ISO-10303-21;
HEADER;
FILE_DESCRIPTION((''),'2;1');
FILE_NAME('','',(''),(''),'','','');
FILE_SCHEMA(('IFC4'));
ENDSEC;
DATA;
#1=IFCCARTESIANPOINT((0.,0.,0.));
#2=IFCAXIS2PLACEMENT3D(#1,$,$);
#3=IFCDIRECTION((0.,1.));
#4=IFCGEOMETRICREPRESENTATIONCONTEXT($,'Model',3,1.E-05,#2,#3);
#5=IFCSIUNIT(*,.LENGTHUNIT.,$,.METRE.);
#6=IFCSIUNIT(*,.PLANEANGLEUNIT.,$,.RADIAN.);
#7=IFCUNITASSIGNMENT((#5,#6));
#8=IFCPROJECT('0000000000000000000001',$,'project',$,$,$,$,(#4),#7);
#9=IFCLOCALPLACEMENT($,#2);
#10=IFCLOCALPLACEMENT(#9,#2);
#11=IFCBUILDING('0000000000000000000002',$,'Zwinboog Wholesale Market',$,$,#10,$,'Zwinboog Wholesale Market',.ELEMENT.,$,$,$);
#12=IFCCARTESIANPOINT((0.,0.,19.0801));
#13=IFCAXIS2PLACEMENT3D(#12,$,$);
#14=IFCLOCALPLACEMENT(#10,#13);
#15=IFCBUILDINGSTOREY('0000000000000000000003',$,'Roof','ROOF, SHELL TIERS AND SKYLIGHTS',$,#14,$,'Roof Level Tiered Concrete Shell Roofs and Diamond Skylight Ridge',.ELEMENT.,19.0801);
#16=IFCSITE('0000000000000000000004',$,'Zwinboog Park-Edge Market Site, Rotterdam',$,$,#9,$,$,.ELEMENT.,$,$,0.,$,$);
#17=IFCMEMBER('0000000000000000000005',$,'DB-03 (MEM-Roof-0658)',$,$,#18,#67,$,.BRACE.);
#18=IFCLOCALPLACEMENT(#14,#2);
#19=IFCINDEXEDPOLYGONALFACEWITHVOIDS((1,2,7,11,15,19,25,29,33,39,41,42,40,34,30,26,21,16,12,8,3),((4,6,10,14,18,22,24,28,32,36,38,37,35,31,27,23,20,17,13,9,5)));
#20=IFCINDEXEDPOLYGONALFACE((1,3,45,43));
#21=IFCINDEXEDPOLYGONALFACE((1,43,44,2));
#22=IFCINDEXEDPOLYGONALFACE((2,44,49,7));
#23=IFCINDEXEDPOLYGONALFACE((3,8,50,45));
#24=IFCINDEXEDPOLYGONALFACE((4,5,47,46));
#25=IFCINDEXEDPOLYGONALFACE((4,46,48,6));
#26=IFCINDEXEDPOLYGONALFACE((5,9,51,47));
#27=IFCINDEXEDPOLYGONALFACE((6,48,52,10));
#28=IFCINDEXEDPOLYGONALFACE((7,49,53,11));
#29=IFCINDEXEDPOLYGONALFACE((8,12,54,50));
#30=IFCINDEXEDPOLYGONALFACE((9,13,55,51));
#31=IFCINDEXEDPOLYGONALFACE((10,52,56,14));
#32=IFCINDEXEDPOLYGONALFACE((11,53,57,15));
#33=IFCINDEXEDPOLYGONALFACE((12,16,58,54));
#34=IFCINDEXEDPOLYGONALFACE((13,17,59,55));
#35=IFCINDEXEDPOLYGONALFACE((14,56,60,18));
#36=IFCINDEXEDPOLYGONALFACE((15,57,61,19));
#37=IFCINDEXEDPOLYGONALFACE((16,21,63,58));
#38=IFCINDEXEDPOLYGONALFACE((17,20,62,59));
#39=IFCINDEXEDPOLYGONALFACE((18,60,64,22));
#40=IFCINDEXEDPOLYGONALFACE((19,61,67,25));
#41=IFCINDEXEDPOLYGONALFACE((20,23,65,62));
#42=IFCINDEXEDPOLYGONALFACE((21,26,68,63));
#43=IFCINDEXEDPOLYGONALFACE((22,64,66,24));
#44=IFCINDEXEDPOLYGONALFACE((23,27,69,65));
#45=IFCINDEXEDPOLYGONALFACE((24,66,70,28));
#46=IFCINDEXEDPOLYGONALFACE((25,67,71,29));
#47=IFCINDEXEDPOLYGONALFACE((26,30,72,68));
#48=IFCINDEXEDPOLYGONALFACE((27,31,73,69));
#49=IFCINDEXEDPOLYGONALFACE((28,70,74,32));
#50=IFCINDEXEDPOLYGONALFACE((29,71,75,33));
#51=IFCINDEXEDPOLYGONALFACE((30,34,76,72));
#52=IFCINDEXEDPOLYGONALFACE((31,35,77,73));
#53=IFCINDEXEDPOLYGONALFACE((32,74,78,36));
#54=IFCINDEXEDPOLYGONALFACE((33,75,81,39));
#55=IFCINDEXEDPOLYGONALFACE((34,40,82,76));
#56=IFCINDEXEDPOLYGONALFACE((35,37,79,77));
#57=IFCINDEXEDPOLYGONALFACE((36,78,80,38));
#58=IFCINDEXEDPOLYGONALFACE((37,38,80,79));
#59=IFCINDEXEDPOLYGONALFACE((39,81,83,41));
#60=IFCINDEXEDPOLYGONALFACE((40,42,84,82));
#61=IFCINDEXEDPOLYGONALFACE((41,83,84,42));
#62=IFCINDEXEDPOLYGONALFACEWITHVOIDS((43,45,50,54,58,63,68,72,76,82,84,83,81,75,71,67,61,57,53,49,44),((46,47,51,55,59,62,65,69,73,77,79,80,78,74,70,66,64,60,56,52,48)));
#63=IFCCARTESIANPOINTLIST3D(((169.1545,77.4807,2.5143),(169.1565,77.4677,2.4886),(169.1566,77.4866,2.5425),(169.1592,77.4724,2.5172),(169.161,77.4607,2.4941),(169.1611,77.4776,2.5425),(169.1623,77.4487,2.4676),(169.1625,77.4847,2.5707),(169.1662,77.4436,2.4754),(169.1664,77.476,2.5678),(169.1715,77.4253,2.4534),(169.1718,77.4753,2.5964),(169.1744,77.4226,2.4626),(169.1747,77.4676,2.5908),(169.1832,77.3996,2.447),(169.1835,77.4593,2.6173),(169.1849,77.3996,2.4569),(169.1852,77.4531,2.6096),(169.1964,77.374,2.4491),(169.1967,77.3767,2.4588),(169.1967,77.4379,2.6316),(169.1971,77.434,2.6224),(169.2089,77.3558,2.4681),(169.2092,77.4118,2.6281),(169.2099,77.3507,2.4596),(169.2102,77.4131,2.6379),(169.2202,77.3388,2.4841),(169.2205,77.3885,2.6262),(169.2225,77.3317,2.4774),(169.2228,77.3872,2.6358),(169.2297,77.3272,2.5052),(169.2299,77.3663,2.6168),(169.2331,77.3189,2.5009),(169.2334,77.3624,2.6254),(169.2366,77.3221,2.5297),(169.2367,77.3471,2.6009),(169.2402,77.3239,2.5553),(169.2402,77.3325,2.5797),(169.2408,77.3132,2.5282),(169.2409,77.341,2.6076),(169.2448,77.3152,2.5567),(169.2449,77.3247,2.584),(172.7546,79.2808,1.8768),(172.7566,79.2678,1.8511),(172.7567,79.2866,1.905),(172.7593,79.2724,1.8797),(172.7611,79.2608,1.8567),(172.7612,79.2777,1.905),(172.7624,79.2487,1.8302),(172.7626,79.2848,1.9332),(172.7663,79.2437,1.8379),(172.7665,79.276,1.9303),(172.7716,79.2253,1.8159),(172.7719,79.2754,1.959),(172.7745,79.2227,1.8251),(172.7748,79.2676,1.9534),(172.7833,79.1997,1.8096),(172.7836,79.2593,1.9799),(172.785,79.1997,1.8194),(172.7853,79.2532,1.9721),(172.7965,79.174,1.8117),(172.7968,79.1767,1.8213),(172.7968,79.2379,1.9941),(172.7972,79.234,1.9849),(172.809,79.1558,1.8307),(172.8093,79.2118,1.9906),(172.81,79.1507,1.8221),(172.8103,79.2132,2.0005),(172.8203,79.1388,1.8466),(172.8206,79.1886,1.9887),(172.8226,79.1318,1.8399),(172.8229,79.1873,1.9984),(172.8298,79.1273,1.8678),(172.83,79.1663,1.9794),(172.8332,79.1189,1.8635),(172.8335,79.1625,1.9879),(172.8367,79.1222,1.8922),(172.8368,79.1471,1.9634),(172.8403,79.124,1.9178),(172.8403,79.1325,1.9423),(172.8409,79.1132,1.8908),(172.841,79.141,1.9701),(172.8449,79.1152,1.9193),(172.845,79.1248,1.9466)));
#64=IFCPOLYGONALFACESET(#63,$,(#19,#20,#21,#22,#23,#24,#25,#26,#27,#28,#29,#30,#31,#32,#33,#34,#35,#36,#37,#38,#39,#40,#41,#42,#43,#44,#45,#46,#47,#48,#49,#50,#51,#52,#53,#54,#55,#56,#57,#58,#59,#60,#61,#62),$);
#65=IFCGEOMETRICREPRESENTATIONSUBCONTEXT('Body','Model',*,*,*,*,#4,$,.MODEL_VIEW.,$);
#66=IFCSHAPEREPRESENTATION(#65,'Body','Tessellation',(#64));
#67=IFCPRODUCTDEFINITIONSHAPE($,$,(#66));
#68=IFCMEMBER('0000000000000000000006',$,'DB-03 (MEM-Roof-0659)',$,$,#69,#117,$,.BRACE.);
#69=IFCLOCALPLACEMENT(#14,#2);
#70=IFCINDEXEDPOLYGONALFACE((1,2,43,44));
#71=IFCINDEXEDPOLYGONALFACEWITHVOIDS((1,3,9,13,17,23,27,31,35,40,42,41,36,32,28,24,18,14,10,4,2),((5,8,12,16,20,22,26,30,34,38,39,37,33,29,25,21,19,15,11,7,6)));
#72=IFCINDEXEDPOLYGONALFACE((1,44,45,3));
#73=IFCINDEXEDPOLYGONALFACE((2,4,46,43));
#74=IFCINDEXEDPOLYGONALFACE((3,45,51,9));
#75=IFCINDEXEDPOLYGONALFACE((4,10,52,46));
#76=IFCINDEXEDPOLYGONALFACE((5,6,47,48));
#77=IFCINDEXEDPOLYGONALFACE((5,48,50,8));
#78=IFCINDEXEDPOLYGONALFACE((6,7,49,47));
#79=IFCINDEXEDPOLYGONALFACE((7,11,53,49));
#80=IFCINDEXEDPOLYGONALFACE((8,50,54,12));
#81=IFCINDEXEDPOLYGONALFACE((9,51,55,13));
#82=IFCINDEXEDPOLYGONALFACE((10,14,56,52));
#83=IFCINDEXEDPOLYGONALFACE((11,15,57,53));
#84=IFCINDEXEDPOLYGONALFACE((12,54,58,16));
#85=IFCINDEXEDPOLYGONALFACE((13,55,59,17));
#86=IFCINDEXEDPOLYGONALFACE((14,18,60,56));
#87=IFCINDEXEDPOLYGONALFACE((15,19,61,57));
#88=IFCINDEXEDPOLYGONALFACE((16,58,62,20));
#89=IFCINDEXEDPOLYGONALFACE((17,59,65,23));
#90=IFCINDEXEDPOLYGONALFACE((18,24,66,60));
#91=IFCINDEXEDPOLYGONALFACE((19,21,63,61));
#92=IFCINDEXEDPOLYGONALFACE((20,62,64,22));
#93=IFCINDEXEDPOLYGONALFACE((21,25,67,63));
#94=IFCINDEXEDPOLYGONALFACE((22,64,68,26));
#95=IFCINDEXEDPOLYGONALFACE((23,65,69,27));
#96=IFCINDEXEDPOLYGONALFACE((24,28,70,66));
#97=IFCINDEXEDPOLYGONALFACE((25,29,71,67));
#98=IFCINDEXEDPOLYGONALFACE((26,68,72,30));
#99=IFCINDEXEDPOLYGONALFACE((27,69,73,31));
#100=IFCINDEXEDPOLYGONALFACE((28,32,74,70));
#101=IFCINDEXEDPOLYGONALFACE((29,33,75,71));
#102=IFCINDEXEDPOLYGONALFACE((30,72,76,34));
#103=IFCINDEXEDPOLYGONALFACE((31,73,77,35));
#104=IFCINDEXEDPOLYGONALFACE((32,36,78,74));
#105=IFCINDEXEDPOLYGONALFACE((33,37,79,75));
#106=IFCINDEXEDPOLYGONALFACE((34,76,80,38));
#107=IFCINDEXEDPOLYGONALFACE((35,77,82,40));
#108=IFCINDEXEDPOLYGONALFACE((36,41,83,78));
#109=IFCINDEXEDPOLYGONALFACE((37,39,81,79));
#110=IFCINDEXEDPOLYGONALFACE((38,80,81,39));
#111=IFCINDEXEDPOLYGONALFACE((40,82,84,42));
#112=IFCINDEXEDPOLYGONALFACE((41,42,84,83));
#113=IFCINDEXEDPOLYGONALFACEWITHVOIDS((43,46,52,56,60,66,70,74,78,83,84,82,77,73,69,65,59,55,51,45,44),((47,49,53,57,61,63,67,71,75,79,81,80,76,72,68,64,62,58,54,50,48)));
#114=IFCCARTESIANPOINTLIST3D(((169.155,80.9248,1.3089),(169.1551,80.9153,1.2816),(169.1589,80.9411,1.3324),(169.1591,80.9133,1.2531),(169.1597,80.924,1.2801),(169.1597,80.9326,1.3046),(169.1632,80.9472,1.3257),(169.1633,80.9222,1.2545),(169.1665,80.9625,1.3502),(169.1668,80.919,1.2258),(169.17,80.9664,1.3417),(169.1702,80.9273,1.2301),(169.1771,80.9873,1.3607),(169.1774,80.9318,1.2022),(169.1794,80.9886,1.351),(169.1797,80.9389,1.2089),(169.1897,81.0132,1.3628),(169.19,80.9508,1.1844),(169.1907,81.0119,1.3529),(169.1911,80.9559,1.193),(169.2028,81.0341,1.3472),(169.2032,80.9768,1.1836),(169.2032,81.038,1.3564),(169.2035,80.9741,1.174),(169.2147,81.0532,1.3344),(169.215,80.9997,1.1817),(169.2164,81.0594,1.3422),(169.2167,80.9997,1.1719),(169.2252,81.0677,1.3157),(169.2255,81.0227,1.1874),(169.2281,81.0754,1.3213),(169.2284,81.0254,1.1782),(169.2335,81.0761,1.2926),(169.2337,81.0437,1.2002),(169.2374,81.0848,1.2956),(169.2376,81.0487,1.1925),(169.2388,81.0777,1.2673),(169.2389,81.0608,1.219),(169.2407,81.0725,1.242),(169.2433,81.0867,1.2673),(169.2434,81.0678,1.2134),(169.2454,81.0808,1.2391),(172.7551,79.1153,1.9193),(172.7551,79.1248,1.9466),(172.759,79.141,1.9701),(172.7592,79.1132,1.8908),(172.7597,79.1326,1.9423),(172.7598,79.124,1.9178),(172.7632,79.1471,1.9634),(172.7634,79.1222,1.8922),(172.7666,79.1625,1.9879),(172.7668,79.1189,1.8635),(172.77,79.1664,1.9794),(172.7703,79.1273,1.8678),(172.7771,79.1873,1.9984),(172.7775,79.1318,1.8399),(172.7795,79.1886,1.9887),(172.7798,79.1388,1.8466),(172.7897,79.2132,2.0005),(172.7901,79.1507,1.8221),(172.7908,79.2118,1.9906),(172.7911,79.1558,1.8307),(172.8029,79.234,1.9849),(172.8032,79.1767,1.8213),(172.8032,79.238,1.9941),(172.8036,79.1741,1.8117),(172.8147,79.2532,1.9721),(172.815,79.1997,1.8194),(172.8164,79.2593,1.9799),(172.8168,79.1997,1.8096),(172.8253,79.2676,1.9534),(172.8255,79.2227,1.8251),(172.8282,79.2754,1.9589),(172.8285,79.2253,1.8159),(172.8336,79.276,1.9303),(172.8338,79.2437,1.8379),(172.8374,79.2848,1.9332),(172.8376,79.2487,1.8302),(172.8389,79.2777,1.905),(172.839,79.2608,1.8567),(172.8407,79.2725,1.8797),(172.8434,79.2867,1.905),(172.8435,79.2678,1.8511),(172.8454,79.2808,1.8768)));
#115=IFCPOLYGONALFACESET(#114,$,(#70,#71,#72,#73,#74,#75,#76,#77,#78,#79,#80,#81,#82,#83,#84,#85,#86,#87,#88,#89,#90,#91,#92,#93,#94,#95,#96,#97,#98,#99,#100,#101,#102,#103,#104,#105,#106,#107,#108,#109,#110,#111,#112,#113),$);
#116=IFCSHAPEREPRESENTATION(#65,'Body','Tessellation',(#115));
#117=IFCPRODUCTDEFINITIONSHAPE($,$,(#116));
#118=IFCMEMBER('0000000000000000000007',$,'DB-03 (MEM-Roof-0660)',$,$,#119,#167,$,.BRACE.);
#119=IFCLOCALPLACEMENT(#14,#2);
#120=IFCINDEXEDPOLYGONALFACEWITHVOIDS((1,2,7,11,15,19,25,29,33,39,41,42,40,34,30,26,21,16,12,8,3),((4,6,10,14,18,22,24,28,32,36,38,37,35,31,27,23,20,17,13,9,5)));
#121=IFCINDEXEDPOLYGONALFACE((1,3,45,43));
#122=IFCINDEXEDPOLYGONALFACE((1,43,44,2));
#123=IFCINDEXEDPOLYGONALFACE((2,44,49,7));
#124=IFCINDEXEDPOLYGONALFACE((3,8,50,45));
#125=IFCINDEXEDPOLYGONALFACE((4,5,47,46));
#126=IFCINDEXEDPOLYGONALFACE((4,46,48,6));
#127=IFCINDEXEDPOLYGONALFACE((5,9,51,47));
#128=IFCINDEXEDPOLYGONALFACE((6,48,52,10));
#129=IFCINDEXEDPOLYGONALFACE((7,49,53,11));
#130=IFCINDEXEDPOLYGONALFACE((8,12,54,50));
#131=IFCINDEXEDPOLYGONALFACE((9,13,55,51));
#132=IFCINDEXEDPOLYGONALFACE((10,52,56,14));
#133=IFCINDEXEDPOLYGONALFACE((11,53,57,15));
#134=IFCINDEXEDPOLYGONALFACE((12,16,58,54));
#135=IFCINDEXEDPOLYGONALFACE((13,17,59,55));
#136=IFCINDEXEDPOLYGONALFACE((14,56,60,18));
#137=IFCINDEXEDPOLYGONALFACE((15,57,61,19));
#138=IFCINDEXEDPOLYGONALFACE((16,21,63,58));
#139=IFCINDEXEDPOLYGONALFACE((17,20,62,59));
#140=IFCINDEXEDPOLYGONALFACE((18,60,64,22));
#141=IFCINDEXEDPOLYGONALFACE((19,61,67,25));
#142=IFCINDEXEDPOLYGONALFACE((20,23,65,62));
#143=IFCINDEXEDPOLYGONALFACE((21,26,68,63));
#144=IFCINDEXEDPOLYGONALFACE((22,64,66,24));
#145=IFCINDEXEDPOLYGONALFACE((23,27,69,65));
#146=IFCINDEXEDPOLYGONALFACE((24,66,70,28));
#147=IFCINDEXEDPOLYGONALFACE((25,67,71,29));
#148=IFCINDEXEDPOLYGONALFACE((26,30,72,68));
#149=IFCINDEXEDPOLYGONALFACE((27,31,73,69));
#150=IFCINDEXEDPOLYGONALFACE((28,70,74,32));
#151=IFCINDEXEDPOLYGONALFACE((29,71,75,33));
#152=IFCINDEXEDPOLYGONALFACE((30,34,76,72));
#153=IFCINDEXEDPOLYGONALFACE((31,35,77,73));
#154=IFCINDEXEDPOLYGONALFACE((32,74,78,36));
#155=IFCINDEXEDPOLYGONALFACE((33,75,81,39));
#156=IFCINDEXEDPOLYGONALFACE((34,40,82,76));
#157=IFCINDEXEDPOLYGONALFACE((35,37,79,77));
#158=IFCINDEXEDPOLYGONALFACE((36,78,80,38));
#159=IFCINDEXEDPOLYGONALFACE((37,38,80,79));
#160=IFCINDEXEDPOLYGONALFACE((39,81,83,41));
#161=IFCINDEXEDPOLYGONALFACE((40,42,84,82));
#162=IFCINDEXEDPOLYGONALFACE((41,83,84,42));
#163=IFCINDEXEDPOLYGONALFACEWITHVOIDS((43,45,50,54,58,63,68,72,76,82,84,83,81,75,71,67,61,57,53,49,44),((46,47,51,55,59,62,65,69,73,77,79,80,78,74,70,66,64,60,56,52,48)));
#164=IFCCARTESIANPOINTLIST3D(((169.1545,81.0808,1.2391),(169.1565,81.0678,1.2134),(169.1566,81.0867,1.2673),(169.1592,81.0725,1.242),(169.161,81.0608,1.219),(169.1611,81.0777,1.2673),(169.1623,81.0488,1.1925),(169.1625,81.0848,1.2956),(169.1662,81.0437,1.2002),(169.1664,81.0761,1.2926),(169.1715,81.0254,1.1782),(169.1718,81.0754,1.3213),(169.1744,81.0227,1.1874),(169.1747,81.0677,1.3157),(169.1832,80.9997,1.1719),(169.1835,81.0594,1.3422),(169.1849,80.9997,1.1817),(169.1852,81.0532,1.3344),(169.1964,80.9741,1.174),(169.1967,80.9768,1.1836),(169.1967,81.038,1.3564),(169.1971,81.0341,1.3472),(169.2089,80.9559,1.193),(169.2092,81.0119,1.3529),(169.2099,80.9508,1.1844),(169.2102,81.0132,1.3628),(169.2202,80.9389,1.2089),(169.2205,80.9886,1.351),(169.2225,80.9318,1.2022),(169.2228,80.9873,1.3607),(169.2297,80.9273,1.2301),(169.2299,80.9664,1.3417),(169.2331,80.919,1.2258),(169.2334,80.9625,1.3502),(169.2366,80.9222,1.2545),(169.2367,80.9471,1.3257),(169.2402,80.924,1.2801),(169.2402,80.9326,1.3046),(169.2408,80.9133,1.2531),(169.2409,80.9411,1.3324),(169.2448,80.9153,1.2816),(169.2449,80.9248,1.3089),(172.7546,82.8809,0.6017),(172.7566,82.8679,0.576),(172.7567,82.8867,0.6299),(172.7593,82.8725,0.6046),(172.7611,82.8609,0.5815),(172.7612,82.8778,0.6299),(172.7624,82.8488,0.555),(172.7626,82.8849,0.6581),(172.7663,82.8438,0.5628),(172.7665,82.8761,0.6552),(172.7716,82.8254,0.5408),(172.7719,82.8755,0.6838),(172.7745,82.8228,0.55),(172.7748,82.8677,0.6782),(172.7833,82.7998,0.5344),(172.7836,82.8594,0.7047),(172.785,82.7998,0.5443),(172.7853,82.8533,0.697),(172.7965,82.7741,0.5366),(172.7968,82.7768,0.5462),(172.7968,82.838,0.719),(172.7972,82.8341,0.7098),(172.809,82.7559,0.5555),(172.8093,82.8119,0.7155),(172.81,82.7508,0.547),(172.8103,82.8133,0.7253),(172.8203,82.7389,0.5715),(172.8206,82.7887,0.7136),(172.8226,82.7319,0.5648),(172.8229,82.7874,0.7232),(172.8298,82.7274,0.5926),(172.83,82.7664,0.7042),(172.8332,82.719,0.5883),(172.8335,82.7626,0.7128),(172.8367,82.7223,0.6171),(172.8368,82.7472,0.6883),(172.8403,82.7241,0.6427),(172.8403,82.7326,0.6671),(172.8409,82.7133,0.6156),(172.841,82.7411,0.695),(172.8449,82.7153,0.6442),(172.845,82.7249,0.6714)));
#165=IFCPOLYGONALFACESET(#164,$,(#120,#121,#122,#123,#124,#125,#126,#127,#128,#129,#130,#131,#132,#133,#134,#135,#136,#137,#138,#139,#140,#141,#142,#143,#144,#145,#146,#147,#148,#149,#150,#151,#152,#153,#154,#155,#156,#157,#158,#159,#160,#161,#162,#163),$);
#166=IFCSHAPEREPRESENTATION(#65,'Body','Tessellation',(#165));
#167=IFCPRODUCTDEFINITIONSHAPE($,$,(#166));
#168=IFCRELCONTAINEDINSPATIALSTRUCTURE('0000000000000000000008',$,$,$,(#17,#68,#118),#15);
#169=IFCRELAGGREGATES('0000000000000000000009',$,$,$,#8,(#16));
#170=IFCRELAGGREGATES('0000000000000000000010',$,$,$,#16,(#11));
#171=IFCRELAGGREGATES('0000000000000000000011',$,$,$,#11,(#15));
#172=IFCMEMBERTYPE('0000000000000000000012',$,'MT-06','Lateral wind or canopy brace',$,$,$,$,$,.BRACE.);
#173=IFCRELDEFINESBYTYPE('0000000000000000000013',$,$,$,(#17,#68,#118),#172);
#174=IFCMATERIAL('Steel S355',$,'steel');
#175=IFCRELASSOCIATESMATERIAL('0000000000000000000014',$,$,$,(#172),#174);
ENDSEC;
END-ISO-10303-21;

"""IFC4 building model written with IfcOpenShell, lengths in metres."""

from ifc_helpers import new_model, si_unit, direction, frame, origin, origin_2d, place, context, subcontext, project, spatial, hollow_circle, extrude, material, material_profile, profile_set, type_object, element, save


model = new_model("IFC4")

# Units and contexts
model_context = context("Model", 3, precision=1e-05, world=origin(), true_north=direction((0.0, 1.0)))
body_context = subcontext(model_context, "Body", "Model", "MODEL_VIEW")
ifc_project = project(units=[si_unit("LENGTHUNIT", "METRE"), si_unit("PLANEANGLEUNIT", "RADIAN")], contexts=[model_context])

# Site, building, storey
site_placement = place(None, origin())
site = spatial("IfcSite", under=ifc_project, at=site_placement, Name="Zwinboog Park-Edge Market Site, Rotterdam", CompositionType="ELEMENT", RefElevation=0.0)
building_placement = place(site_placement, origin())
building = spatial("IfcBuilding", under=site, at=building_placement, Name="Zwinboog Wholesale Market", LongName="Zwinboog Wholesale Market", CompositionType="ELEMENT")
storey_placement = place(building_placement, frame((0.0, 0.0, 19.0801)))
storey = spatial("IfcBuildingStorey", under=building, at=storey_placement, Name="Roof", Description="ROOF, SHELL TIERS AND SKYLIGHTS", LongName="Roof Level Tiered Concrete Shell Roofs and Diamond Skylight Ridge", CompositionType="ELEMENT", Elevation=19.0801)

# Shared definitions
ifc_material_1 = material(Name="Steel S355", Category="steel")

# Members
ifc_material_profile_1 = material_profile(ifc_material_1, hollow_circle(Radius=0.0969, WallThickness=0.01, at=origin_2d()), Name="CHS 193.7x10")
ifc_profile_set_1 = profile_set([ifc_material_profile_1], Name="Steel S355")
member_type_1 = type_object("IfcMemberType", Name="MT-06", Description="Lateral wind or canopy brace", PredefinedType="BRACE", material=ifc_profile_set_1)
for number, where, z_axis, x_axis, name in (
    (1, (169.2, 77.3999, 2.5425), (0.883417, 0.441709, -0.156422), (-0.447214, 0.894427, 0.0), "DB-03 (MEM-Roof-0658)"),
    (2, (169.2, 81.0, 1.2673), (0.883409, -0.441704, 0.156481), (0.447214, 0.894427, 0.0), "DB-03 (MEM-Roof-0659)"),
    (3, (169.2, 81.0, 1.2673), (0.883417, 0.441709, -0.156422), (-0.447214, 0.894427, 0.0), "DB-03 (MEM-Roof-0660)"),
):
    element("IfcMember", number, at=place(storey_placement, frame(where, z_axis=z_axis, x_axis=x_axis)), inside=storey, type_object=member_type_1, Name=name, PredefinedType="BRACE", context=body_context, shape_type="SweptSolid", body=[
        extrude(hollow_circle(Radius=0.0969, WallThickness=0.01, at=origin_2d()), origin(), (0.0, 0.0, 1.0), 4.0752),
    ])

save(model, "model.ifc")
